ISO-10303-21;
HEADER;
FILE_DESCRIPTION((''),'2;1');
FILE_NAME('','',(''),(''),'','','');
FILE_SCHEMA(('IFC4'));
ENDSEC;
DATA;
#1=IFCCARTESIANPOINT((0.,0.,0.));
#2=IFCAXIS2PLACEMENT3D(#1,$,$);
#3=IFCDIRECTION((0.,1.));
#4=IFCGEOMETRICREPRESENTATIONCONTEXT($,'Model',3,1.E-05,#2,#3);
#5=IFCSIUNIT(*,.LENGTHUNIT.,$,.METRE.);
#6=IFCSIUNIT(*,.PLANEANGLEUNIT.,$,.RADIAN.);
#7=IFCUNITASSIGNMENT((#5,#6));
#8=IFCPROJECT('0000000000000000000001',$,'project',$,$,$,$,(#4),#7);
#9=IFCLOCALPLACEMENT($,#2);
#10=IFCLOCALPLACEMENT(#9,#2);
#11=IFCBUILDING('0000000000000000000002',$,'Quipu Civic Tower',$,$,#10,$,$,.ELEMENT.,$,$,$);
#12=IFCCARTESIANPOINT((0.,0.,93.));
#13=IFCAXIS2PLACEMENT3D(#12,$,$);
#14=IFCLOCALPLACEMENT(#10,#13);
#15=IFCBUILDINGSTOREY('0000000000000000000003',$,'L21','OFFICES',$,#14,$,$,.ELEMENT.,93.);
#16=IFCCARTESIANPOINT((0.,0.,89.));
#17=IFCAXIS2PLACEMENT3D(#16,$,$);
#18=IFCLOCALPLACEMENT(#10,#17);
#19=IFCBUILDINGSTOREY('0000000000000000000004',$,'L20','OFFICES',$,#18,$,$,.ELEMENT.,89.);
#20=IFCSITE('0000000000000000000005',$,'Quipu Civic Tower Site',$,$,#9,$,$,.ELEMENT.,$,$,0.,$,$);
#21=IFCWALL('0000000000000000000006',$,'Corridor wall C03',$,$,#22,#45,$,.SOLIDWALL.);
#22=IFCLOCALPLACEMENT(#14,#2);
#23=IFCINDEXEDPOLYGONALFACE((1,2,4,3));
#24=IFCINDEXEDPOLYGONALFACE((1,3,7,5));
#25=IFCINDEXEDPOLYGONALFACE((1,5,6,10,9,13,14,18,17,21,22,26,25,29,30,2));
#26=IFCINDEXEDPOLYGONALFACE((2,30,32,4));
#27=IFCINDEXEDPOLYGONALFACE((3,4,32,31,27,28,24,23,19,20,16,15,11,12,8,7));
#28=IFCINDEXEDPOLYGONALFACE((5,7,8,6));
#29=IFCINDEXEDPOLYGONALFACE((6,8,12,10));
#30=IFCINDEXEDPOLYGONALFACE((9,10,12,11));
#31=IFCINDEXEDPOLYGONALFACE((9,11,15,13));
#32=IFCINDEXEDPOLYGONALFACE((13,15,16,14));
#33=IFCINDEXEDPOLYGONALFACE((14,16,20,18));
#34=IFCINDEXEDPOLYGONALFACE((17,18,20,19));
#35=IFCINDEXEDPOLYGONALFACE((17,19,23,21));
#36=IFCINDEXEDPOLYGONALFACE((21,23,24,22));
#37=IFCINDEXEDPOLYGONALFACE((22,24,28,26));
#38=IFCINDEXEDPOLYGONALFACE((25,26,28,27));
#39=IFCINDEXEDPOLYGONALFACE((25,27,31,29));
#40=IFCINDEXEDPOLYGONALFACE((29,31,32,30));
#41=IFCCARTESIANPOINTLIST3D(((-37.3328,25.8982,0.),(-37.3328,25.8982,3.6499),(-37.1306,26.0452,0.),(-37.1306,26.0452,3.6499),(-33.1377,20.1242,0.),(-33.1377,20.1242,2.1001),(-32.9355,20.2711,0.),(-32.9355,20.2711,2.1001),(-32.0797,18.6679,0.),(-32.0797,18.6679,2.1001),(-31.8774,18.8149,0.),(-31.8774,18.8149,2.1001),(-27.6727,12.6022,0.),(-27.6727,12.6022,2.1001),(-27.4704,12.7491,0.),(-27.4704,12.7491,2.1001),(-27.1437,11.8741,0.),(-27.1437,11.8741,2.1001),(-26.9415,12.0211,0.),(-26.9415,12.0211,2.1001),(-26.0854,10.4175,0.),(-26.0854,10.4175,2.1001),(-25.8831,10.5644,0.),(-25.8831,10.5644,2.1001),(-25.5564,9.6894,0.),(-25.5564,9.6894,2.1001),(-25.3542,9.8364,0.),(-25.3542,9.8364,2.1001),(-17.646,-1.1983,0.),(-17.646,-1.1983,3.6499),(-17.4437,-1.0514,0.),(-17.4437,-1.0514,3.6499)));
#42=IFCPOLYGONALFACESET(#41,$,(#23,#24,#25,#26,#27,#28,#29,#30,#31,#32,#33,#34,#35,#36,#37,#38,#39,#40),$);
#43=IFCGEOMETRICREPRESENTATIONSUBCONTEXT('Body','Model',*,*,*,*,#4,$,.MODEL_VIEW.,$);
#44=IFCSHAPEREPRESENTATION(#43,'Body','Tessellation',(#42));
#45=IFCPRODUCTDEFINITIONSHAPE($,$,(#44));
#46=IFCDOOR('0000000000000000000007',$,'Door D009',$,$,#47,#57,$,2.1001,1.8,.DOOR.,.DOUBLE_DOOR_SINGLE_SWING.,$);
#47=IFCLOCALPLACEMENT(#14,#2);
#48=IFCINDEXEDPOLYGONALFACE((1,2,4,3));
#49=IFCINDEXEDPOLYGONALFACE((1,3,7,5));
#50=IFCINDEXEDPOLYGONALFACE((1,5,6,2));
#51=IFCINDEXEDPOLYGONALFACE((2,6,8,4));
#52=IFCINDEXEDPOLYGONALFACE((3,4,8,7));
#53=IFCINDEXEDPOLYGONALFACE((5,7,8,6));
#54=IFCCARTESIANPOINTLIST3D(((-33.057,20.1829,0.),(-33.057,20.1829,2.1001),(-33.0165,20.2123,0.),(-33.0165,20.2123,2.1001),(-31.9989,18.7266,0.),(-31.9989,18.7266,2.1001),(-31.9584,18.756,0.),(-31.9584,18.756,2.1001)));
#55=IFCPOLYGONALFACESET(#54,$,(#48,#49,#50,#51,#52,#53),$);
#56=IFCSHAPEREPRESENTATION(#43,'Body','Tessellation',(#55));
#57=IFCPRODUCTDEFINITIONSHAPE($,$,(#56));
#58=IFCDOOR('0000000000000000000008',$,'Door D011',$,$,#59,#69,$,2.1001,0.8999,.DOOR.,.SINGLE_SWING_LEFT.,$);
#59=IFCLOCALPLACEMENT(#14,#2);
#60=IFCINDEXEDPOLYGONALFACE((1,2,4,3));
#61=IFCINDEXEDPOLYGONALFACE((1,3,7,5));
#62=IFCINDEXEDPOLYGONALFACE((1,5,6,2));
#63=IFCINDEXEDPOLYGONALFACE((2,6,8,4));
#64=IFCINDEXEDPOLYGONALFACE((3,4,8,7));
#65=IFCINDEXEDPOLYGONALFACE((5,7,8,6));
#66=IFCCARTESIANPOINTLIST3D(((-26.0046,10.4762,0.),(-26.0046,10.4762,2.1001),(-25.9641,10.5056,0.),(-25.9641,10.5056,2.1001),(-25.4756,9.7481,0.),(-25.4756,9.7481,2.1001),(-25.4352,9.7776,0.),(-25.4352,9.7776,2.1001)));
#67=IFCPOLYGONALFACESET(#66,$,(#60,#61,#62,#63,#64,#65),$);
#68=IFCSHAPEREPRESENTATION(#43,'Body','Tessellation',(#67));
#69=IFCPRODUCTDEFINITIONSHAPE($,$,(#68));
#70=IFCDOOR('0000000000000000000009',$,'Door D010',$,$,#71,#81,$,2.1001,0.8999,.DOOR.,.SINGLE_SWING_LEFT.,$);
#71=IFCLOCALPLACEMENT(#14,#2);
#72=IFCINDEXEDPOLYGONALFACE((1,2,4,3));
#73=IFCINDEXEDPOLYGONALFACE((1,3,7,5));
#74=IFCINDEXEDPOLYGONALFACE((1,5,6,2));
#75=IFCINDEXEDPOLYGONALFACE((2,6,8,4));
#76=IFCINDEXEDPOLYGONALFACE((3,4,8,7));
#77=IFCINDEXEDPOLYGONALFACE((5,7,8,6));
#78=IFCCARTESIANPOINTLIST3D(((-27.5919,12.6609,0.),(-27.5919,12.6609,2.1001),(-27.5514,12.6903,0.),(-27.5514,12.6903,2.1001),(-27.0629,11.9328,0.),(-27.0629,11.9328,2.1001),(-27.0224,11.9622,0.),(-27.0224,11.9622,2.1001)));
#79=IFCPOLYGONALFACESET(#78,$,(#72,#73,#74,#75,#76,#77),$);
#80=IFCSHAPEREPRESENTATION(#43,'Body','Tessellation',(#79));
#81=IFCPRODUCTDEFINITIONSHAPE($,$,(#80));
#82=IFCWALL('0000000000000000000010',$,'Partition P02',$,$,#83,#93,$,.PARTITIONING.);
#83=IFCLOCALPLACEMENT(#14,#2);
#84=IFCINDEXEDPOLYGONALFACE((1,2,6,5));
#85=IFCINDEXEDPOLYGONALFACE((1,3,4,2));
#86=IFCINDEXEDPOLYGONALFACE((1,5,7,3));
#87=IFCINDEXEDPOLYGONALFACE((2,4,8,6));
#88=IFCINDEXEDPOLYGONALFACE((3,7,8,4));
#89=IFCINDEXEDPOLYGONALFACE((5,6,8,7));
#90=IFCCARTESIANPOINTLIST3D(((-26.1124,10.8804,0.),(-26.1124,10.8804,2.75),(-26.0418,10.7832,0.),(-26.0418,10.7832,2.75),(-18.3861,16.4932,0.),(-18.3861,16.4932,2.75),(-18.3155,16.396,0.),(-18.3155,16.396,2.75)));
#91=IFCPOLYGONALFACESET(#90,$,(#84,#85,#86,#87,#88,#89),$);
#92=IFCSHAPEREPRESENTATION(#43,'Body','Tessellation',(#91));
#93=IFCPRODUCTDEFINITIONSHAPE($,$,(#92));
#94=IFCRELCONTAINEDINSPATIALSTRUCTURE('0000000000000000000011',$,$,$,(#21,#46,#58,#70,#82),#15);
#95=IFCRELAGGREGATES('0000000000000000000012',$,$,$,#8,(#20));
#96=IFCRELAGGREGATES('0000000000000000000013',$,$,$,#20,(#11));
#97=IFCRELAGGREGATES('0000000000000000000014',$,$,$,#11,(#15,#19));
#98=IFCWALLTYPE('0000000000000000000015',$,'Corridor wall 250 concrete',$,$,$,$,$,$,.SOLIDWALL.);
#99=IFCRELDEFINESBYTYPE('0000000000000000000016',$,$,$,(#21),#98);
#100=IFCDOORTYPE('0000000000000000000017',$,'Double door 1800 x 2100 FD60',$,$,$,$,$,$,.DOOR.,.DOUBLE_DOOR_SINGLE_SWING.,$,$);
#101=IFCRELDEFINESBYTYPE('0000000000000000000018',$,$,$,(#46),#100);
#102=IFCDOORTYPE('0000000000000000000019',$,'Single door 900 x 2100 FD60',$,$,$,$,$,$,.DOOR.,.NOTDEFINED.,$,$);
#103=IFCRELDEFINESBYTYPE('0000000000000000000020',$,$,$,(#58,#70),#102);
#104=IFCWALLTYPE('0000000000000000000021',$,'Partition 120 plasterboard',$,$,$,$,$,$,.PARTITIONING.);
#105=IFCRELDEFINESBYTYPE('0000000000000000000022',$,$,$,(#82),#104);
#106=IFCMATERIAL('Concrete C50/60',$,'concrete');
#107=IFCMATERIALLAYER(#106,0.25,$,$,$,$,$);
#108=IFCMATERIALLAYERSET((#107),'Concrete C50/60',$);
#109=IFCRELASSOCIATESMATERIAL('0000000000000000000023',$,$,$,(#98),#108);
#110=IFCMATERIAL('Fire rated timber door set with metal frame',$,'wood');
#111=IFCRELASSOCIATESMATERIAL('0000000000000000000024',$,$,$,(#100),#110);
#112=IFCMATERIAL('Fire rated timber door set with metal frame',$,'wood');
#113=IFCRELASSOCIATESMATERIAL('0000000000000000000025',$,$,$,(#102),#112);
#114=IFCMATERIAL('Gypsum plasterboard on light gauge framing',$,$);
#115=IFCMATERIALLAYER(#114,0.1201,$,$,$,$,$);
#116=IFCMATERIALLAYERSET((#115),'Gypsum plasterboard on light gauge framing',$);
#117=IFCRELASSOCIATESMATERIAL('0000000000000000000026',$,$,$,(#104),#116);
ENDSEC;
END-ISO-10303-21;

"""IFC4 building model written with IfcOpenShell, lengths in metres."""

from ifc_helpers import new_model, si_unit, direction, frame, frame_2d, origin, place, context, subcontext, project, spatial, rectangle, extrude, material, layer, layer_set, type_object, element, fill, save


model = new_model("IFC4")

# Units and contexts
model_context = context("Model", 3, precision=1e-05, world=origin(), true_north=direction((0.0, 1.0)))
body_context = subcontext(model_context, "Body", "Model", "MODEL_VIEW")
ifc_project = project(units=[si_unit("LENGTHUNIT", "METRE"), si_unit("PLANEANGLEUNIT", "RADIAN")], contexts=[model_context])

# Site, building, storey
site_placement = place(None, origin())
site = spatial("IfcSite", under=ifc_project, at=site_placement, Name="Quipu Civic Tower Site", CompositionType="ELEMENT", RefElevation=0.0)
building_placement = place(site_placement, origin())
building = spatial("IfcBuilding", under=site, at=building_placement, Name="Quipu Civic Tower", CompositionType="ELEMENT")
storey_1_placement = place(building_placement, frame((0.0, 0.0, 93.0)))
storey_1 = spatial("IfcBuildingStorey", under=building, at=storey_1_placement, Name="L21", Description="OFFICES", CompositionType="ELEMENT", Elevation=93.0)

# Shared definitions
storey_2_placement = place(building_placement, frame((0.0, 0.0, 89.0)))
storey_2 = spatial("IfcBuildingStorey", under=building, at=storey_2_placement, Name="L20", Description="OFFICES", CompositionType="ELEMENT", Elevation=89.0)

# Wall, openings, doors
ifc_material_1 = material(Name="Concrete C50/60", Category="concrete")
ifc_layer_1 = layer(ifc_material_1, 0.25)
ifc_layer_set_1 = layer_set([ifc_layer_1], Name="Concrete C50/60")
wall_type_1 = type_object("IfcWallType", Name="Corridor wall 250 concrete", PredefinedType="SOLIDWALL", material=ifc_layer_set_1)
wall_1_placement = place(storey_1_placement, frame((-37.2317, 25.9717, 0.0), z_axis=(0.0, 0.0, 1.0), x_axis=(0.587786, -0.809016, 0.0)))
wall_1 = element("IfcWall", 1, at=wall_1_placement, inside=storey_1, type_object=wall_type_1, Name="Corridor wall C03", PredefinedType="SOLIDWALL", context=body_context, shape_type="SweptSolid", body=[
    extrude(rectangle(XDim=33.4932, YDim=0.25, at=frame_2d((16.7466, 0.0))), origin(), (0.0, 0.0, 1.0), 3.6499),
])
opening_1_placement = place(wall_1_placement, frame((19.1353, 0.0, 0.0)))
opening_1 = element("IfcOpeningElement", 2, at=opening_1_placement, cuts=wall_1, PredefinedType="OPENING", context=body_context, shape_type="SweptSolid", body=[
    extrude(rectangle(XDim=0.8999, YDim=2.1001, at=frame_2d((0.45, 1.05))), frame((0.0, 0.135, 0.0), z_axis=(0.0, -1.0, 0.0), x_axis=(1.0, 0.0, 0.0)), (0.0, 0.0, 1.0), 0.27),
])
opening_2_placement = place(wall_1_placement, frame((7.1372, 0.0, 0.0)))
opening_2 = element("IfcOpeningElement", 3, at=opening_2_placement, cuts=wall_1, PredefinedType="OPENING", context=body_context, shape_type="SweptSolid", body=[
    extrude(rectangle(XDim=1.8, YDim=2.1001, at=frame_2d((0.8999, 1.05))), frame((0.0, 0.135, 0.0), z_axis=(0.0, -1.0, 0.0), x_axis=(1.0, 0.0, 0.0)), (0.0, 0.0, 1.0), 0.27),
])
opening_3_placement = place(wall_1_placement, frame((16.4348, 0.0, 0.0)))
opening_3 = element("IfcOpeningElement", 4, at=opening_3_placement, cuts=wall_1, PredefinedType="OPENING", context=body_context, shape_type="SweptSolid", body=[
    extrude(rectangle(XDim=0.8999, YDim=2.1001, at=frame_2d((0.45, 1.05))), frame((0.0, 0.135, 0.0), z_axis=(0.0, -1.0, 0.0), x_axis=(1.0, 0.0, 0.0)), (0.0, 0.0, 1.0), 0.27),
])
ifc_material_2 = material(Name="Fire rated timber door set with metal frame", Category="wood")
door_type_1 = type_object("IfcDoorType", Name="Double door 1800 x 2100 FD60", OperationType="DOUBLE_DOOR_SINGLE_SWING", PredefinedType="DOOR", material=ifc_material_2)
door_1_placement = place(opening_2_placement, origin())
door_1 = element("IfcDoor", 5, at=door_1_placement, inside=storey_1, type_object=door_type_1, Name="Door D009", OperationType="DOUBLE_DOOR_SINGLE_SWING", OverallHeight=2.1001, OverallWidth=1.8, PredefinedType="DOOR", context=body_context, shape_type="SweptSolid", body=[
    extrude(rectangle(XDim=1.8, YDim=2.1001, at=frame_2d((0.8999, 1.05))), frame((0.0, 0.0249, 0.0), z_axis=(0.0, -1.0, 0.0), x_axis=(1.0, 0.0, 0.0)), (0.0, 0.0, 1.0), 0.05),
])
fill(opening_2, door_1)
ifc_material_3 = material(Name="Fire rated timber door set with metal frame", Category="wood")
door_type_2 = type_object("IfcDoorType", Name="Single door 900 x 2100 FD60", OperationType="NOTDEFINED", PredefinedType="DOOR", material=ifc_material_3)
door_2_placement = place(opening_1_placement, origin())
door_2 = element("IfcDoor", 6, at=door_2_placement, inside=storey_1, type_object=door_type_2, Name="Door D011", OperationType="SINGLE_SWING_LEFT", OverallHeight=2.1001, OverallWidth=0.8999, PredefinedType="DOOR", context=body_context, shape_type="SweptSolid", body=[
    extrude(rectangle(XDim=0.8999, YDim=2.1001, at=frame_2d((0.45, 1.05))), frame((0.0, 0.0249, 0.0), z_axis=(0.0, -1.0, 0.0), x_axis=(1.0, 0.0, 0.0)), (0.0, 0.0, 1.0), 0.05),
])
fill(opening_1, door_2)
door_3_placement = place(opening_3_placement, origin())
door_3 = element("IfcDoor", 7, at=door_3_placement, inside=storey_1, type_object=door_type_2, Name="Door D010", OperationType="SINGLE_SWING_LEFT", OverallHeight=2.1001, OverallWidth=0.8999, PredefinedType="DOOR", context=body_context, shape_type="SweptSolid", body=[
    extrude(rectangle(XDim=0.8999, YDim=2.1001, at=frame_2d((0.45, 1.05))), frame((0.0, 0.0249, 0.0), z_axis=(0.0, -1.0, 0.0), x_axis=(1.0, 0.0, 0.0)), (0.0, 0.0, 1.0), 0.05),
])
fill(opening_3, door_3)

# Wall
ifc_material_4 = material(Name="Gypsum plasterboard on light gauge framing")
ifc_layer_2 = layer(ifc_material_4, 0.1201)
ifc_layer_set_2 = layer_set([ifc_layer_2], Name="Gypsum plasterboard on light gauge framing")
wall_type_2 = type_object("IfcWallType", Name="Partition 120 plasterboard", PredefinedType="PARTITIONING", material=ifc_layer_set_2)
wall_2_placement = place(storey_1_placement, frame((-18.3508, 16.4446, 0.0), z_axis=(0.0, 0.0, 1.0), x_axis=(-0.809052, -0.587737, 0.0)))
element("IfcWall", 8, at=wall_2_placement, inside=storey_1, type_object=wall_type_2, Name="Partition P02", PredefinedType="PARTITIONING", context=body_context, shape_type="SweptSolid", body=[
    extrude(rectangle(XDim=9.5498, YDim=0.1201, at=frame_2d((4.7749, 0.0))), origin(), (0.0, 0.0, 1.0), 2.75),
])

save(model, "model.ifc")
